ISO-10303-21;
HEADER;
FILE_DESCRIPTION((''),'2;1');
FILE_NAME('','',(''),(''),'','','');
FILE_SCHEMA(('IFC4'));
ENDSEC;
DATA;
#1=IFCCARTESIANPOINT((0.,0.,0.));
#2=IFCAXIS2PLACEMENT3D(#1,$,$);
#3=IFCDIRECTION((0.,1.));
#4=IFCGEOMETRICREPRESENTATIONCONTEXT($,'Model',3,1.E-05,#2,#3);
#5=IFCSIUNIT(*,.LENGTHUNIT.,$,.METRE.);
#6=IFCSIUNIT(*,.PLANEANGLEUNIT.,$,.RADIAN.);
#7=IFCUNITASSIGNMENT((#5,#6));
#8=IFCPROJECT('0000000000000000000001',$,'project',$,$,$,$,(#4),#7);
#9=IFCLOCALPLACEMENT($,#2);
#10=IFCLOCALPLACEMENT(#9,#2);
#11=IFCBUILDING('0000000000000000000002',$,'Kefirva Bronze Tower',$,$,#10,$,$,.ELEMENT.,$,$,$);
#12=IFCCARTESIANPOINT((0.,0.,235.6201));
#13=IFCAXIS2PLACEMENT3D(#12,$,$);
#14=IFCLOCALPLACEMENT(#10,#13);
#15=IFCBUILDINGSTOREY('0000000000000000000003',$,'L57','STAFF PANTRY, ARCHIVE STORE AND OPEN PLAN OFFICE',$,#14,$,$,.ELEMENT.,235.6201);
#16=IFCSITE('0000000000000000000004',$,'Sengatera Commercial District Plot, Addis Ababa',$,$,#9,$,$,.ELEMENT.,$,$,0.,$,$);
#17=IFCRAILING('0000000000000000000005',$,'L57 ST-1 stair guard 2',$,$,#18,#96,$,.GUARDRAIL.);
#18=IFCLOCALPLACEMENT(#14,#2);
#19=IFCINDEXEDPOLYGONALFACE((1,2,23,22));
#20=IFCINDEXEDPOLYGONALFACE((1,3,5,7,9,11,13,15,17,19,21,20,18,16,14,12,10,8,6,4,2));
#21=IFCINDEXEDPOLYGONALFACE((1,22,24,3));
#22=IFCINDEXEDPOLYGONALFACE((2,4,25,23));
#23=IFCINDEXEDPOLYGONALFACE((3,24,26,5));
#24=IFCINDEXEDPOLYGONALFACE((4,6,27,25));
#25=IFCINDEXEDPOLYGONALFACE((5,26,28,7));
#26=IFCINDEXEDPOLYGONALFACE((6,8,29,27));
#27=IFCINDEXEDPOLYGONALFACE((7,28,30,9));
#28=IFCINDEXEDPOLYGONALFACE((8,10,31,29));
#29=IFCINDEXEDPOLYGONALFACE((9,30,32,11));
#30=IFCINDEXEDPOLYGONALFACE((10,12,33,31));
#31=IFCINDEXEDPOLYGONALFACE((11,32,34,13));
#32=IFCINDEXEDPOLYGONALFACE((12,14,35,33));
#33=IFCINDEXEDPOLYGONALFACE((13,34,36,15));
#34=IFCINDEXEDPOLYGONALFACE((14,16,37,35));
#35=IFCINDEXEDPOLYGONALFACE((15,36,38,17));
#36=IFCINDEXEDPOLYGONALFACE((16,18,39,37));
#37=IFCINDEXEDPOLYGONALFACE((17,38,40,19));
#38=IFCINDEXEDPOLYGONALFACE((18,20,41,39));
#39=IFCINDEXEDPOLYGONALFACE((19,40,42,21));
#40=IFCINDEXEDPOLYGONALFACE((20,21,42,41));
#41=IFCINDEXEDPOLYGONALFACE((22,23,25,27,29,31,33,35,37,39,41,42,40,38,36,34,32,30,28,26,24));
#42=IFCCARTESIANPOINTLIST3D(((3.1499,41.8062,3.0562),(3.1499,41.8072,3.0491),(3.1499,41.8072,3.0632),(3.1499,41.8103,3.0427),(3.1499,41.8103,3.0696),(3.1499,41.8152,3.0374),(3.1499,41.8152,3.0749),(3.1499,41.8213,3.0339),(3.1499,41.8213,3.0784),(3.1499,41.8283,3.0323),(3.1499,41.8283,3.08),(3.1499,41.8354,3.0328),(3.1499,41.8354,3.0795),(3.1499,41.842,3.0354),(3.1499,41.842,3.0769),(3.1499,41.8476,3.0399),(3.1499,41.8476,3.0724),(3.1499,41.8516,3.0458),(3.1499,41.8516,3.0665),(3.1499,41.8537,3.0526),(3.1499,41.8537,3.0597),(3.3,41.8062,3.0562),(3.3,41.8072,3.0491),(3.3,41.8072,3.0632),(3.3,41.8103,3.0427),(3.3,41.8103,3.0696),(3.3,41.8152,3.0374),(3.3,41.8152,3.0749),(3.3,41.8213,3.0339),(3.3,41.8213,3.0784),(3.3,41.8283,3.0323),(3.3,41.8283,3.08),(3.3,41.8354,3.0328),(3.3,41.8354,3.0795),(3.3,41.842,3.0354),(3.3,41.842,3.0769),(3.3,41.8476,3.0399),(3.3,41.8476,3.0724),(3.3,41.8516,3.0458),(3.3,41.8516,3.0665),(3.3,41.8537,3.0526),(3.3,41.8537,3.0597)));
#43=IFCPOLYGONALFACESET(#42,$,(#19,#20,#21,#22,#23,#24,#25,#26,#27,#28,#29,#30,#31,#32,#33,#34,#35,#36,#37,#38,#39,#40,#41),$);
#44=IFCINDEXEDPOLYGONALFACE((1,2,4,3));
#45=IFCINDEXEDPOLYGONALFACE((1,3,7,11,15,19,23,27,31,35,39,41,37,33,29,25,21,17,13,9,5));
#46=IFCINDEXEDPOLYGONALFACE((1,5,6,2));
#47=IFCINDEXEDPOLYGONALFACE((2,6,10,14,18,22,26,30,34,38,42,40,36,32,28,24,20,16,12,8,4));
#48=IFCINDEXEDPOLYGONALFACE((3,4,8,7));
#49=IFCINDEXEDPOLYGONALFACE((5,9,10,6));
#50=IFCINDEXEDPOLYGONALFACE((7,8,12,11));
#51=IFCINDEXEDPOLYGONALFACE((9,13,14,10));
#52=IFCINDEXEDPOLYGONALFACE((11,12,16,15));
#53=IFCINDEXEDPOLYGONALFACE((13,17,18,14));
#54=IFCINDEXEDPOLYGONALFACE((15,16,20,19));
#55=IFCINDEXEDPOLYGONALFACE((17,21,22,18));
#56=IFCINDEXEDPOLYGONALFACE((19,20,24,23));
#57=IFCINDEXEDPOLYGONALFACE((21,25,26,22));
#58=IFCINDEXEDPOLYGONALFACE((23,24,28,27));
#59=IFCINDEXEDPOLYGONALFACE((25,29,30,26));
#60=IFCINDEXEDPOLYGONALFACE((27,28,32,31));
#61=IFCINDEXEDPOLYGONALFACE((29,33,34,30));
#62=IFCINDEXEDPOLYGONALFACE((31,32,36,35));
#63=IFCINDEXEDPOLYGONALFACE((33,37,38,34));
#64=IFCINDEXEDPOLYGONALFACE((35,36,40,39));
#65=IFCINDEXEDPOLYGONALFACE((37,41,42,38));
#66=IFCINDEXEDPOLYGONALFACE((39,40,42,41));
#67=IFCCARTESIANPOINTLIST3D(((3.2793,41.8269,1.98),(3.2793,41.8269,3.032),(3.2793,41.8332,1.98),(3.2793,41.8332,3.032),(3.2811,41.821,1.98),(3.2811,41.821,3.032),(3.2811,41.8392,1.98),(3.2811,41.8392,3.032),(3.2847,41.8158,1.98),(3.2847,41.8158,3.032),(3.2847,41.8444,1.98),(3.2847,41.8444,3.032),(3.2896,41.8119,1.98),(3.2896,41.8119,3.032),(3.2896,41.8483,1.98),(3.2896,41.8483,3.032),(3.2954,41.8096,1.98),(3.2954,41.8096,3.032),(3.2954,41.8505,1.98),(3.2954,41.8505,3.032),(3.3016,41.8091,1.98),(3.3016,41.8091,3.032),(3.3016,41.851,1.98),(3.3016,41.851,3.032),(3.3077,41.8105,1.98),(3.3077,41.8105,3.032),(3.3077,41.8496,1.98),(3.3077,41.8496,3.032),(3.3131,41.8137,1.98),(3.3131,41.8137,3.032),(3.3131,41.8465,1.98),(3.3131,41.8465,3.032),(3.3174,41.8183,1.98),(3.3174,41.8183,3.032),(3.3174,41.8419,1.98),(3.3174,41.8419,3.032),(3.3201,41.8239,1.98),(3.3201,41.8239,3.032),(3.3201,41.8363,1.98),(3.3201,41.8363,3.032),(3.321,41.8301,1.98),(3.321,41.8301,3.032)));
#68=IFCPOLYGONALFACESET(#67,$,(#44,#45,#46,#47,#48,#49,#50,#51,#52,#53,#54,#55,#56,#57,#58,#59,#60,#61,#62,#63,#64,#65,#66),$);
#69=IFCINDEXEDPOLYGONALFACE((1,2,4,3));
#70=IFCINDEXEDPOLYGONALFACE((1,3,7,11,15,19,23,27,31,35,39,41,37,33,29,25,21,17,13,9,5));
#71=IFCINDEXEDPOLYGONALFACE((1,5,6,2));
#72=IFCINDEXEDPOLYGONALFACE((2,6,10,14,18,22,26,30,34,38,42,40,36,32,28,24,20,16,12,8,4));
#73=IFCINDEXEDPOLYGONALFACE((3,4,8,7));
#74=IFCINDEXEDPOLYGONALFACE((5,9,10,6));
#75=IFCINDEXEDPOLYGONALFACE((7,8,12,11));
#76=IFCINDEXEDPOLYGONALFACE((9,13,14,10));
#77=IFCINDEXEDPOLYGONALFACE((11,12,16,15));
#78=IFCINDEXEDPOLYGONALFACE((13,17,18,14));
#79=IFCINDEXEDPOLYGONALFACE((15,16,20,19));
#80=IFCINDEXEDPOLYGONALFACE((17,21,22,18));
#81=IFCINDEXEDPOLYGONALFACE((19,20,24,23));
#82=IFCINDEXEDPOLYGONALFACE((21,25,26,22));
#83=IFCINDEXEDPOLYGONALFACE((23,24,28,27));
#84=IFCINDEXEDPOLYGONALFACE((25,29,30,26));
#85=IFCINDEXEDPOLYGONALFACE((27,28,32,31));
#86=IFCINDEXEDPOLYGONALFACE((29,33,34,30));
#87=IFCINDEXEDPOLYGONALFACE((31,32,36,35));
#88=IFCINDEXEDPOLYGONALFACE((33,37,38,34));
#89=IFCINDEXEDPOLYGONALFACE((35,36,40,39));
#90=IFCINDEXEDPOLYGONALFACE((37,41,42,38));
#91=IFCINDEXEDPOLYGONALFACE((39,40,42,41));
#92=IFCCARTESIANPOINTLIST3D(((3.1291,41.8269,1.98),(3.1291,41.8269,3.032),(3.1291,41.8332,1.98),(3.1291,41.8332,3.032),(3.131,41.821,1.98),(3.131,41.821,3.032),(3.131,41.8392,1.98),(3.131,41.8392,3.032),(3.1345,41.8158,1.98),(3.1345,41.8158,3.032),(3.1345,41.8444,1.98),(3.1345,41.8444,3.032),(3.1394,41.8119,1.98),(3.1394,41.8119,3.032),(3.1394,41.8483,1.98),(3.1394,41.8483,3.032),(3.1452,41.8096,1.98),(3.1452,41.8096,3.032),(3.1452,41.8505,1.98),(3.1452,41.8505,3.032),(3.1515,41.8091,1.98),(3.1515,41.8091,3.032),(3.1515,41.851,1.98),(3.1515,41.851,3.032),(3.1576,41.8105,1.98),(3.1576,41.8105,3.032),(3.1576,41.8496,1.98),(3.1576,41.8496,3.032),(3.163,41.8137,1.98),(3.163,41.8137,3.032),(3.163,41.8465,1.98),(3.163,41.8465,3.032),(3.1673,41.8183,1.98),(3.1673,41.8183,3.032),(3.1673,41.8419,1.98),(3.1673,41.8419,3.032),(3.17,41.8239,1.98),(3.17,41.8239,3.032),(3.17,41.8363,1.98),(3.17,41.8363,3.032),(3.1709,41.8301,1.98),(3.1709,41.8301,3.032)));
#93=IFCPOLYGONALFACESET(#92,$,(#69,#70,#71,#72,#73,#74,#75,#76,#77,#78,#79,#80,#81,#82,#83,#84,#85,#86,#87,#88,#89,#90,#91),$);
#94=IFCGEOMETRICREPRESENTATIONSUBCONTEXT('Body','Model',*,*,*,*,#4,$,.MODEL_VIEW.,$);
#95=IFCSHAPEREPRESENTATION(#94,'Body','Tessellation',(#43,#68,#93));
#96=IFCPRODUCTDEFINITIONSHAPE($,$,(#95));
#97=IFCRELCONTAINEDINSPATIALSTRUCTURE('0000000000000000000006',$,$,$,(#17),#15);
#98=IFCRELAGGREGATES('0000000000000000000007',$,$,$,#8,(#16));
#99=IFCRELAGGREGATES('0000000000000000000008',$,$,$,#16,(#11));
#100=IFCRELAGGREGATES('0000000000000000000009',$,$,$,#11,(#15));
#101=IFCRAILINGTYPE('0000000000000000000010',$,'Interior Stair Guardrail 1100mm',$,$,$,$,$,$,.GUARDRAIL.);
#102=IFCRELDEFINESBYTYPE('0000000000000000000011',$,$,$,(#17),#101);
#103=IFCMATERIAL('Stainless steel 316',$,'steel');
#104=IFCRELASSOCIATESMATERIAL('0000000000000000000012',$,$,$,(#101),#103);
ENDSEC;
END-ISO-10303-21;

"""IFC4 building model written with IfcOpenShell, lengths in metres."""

from ifc_helpers import new_model, si_unit, direction, frame, origin, origin_2d, place, context, subcontext, project, spatial, circle, extrude, material, type_object, element, save


model = new_model("IFC4")

# Units and contexts
model_context = context("Model", 3, precision=1e-05, world=origin(), true_north=direction((0.0, 1.0)))
body_context = subcontext(model_context, "Body", "Model", "MODEL_VIEW")
ifc_project = project(units=[si_unit("LENGTHUNIT", "METRE"), si_unit("PLANEANGLEUNIT", "RADIAN")], contexts=[model_context])

# Site, building, storey
site_placement = place(None, origin())
site = spatial("IfcSite", under=ifc_project, at=site_placement, Name="Sengatera Commercial District Plot, Addis Ababa", CompositionType="ELEMENT", RefElevation=0.0)
building_placement = place(site_placement, origin())
building = spatial("IfcBuilding", under=site, at=building_placement, Name="Kefirva Bronze Tower", CompositionType="ELEMENT")
storey_placement = place(building_placement, frame((0.0, 0.0, 235.6201)))
storey = spatial("IfcBuildingStorey", under=building, at=storey_placement, Name="L57", Description="STAFF PANTRY, ARCHIVE STORE AND OPEN PLAN OFFICE", CompositionType="ELEMENT", Elevation=235.6201)

# Railing
ifc_material_1 = material(Name="Stainless steel 316", Category="steel")
railing_type_1 = type_object("IfcRailingType", Name="Interior Stair Guardrail 1100mm", PredefinedType="GUARDRAIL", material=ifc_material_1)
railing_1_placement = place(storey_placement, frame((3.3, 41.8301, 1.98)))
element("IfcRailing", 1, at=railing_1_placement, inside=storey, type_object=railing_type_1, Name="L57 ST-1 stair guard 2", PredefinedType="GUARDRAIL", context=body_context, shape_type="SweptSolid", body=[
    extrude(circle(Radius=0.0239, at=origin_2d()), frame((0.0, 0.0, 1.0762), z_axis=(-1.0, 0.0, 0.0), x_axis=(0.0, -1.0, 0.0)), (0.0, 0.0, 1.0), 0.1501),
    extrude(circle(Radius=0.021, at=origin_2d()), origin(), (0.0, 0.0, 1.0), 1.052),
    extrude(circle(Radius=0.021, at=origin_2d()), frame((-0.1501, 0.0, 0.0)), (0.0, 0.0, 1.0), 1.052),
])

save(model, "model.ifc")
